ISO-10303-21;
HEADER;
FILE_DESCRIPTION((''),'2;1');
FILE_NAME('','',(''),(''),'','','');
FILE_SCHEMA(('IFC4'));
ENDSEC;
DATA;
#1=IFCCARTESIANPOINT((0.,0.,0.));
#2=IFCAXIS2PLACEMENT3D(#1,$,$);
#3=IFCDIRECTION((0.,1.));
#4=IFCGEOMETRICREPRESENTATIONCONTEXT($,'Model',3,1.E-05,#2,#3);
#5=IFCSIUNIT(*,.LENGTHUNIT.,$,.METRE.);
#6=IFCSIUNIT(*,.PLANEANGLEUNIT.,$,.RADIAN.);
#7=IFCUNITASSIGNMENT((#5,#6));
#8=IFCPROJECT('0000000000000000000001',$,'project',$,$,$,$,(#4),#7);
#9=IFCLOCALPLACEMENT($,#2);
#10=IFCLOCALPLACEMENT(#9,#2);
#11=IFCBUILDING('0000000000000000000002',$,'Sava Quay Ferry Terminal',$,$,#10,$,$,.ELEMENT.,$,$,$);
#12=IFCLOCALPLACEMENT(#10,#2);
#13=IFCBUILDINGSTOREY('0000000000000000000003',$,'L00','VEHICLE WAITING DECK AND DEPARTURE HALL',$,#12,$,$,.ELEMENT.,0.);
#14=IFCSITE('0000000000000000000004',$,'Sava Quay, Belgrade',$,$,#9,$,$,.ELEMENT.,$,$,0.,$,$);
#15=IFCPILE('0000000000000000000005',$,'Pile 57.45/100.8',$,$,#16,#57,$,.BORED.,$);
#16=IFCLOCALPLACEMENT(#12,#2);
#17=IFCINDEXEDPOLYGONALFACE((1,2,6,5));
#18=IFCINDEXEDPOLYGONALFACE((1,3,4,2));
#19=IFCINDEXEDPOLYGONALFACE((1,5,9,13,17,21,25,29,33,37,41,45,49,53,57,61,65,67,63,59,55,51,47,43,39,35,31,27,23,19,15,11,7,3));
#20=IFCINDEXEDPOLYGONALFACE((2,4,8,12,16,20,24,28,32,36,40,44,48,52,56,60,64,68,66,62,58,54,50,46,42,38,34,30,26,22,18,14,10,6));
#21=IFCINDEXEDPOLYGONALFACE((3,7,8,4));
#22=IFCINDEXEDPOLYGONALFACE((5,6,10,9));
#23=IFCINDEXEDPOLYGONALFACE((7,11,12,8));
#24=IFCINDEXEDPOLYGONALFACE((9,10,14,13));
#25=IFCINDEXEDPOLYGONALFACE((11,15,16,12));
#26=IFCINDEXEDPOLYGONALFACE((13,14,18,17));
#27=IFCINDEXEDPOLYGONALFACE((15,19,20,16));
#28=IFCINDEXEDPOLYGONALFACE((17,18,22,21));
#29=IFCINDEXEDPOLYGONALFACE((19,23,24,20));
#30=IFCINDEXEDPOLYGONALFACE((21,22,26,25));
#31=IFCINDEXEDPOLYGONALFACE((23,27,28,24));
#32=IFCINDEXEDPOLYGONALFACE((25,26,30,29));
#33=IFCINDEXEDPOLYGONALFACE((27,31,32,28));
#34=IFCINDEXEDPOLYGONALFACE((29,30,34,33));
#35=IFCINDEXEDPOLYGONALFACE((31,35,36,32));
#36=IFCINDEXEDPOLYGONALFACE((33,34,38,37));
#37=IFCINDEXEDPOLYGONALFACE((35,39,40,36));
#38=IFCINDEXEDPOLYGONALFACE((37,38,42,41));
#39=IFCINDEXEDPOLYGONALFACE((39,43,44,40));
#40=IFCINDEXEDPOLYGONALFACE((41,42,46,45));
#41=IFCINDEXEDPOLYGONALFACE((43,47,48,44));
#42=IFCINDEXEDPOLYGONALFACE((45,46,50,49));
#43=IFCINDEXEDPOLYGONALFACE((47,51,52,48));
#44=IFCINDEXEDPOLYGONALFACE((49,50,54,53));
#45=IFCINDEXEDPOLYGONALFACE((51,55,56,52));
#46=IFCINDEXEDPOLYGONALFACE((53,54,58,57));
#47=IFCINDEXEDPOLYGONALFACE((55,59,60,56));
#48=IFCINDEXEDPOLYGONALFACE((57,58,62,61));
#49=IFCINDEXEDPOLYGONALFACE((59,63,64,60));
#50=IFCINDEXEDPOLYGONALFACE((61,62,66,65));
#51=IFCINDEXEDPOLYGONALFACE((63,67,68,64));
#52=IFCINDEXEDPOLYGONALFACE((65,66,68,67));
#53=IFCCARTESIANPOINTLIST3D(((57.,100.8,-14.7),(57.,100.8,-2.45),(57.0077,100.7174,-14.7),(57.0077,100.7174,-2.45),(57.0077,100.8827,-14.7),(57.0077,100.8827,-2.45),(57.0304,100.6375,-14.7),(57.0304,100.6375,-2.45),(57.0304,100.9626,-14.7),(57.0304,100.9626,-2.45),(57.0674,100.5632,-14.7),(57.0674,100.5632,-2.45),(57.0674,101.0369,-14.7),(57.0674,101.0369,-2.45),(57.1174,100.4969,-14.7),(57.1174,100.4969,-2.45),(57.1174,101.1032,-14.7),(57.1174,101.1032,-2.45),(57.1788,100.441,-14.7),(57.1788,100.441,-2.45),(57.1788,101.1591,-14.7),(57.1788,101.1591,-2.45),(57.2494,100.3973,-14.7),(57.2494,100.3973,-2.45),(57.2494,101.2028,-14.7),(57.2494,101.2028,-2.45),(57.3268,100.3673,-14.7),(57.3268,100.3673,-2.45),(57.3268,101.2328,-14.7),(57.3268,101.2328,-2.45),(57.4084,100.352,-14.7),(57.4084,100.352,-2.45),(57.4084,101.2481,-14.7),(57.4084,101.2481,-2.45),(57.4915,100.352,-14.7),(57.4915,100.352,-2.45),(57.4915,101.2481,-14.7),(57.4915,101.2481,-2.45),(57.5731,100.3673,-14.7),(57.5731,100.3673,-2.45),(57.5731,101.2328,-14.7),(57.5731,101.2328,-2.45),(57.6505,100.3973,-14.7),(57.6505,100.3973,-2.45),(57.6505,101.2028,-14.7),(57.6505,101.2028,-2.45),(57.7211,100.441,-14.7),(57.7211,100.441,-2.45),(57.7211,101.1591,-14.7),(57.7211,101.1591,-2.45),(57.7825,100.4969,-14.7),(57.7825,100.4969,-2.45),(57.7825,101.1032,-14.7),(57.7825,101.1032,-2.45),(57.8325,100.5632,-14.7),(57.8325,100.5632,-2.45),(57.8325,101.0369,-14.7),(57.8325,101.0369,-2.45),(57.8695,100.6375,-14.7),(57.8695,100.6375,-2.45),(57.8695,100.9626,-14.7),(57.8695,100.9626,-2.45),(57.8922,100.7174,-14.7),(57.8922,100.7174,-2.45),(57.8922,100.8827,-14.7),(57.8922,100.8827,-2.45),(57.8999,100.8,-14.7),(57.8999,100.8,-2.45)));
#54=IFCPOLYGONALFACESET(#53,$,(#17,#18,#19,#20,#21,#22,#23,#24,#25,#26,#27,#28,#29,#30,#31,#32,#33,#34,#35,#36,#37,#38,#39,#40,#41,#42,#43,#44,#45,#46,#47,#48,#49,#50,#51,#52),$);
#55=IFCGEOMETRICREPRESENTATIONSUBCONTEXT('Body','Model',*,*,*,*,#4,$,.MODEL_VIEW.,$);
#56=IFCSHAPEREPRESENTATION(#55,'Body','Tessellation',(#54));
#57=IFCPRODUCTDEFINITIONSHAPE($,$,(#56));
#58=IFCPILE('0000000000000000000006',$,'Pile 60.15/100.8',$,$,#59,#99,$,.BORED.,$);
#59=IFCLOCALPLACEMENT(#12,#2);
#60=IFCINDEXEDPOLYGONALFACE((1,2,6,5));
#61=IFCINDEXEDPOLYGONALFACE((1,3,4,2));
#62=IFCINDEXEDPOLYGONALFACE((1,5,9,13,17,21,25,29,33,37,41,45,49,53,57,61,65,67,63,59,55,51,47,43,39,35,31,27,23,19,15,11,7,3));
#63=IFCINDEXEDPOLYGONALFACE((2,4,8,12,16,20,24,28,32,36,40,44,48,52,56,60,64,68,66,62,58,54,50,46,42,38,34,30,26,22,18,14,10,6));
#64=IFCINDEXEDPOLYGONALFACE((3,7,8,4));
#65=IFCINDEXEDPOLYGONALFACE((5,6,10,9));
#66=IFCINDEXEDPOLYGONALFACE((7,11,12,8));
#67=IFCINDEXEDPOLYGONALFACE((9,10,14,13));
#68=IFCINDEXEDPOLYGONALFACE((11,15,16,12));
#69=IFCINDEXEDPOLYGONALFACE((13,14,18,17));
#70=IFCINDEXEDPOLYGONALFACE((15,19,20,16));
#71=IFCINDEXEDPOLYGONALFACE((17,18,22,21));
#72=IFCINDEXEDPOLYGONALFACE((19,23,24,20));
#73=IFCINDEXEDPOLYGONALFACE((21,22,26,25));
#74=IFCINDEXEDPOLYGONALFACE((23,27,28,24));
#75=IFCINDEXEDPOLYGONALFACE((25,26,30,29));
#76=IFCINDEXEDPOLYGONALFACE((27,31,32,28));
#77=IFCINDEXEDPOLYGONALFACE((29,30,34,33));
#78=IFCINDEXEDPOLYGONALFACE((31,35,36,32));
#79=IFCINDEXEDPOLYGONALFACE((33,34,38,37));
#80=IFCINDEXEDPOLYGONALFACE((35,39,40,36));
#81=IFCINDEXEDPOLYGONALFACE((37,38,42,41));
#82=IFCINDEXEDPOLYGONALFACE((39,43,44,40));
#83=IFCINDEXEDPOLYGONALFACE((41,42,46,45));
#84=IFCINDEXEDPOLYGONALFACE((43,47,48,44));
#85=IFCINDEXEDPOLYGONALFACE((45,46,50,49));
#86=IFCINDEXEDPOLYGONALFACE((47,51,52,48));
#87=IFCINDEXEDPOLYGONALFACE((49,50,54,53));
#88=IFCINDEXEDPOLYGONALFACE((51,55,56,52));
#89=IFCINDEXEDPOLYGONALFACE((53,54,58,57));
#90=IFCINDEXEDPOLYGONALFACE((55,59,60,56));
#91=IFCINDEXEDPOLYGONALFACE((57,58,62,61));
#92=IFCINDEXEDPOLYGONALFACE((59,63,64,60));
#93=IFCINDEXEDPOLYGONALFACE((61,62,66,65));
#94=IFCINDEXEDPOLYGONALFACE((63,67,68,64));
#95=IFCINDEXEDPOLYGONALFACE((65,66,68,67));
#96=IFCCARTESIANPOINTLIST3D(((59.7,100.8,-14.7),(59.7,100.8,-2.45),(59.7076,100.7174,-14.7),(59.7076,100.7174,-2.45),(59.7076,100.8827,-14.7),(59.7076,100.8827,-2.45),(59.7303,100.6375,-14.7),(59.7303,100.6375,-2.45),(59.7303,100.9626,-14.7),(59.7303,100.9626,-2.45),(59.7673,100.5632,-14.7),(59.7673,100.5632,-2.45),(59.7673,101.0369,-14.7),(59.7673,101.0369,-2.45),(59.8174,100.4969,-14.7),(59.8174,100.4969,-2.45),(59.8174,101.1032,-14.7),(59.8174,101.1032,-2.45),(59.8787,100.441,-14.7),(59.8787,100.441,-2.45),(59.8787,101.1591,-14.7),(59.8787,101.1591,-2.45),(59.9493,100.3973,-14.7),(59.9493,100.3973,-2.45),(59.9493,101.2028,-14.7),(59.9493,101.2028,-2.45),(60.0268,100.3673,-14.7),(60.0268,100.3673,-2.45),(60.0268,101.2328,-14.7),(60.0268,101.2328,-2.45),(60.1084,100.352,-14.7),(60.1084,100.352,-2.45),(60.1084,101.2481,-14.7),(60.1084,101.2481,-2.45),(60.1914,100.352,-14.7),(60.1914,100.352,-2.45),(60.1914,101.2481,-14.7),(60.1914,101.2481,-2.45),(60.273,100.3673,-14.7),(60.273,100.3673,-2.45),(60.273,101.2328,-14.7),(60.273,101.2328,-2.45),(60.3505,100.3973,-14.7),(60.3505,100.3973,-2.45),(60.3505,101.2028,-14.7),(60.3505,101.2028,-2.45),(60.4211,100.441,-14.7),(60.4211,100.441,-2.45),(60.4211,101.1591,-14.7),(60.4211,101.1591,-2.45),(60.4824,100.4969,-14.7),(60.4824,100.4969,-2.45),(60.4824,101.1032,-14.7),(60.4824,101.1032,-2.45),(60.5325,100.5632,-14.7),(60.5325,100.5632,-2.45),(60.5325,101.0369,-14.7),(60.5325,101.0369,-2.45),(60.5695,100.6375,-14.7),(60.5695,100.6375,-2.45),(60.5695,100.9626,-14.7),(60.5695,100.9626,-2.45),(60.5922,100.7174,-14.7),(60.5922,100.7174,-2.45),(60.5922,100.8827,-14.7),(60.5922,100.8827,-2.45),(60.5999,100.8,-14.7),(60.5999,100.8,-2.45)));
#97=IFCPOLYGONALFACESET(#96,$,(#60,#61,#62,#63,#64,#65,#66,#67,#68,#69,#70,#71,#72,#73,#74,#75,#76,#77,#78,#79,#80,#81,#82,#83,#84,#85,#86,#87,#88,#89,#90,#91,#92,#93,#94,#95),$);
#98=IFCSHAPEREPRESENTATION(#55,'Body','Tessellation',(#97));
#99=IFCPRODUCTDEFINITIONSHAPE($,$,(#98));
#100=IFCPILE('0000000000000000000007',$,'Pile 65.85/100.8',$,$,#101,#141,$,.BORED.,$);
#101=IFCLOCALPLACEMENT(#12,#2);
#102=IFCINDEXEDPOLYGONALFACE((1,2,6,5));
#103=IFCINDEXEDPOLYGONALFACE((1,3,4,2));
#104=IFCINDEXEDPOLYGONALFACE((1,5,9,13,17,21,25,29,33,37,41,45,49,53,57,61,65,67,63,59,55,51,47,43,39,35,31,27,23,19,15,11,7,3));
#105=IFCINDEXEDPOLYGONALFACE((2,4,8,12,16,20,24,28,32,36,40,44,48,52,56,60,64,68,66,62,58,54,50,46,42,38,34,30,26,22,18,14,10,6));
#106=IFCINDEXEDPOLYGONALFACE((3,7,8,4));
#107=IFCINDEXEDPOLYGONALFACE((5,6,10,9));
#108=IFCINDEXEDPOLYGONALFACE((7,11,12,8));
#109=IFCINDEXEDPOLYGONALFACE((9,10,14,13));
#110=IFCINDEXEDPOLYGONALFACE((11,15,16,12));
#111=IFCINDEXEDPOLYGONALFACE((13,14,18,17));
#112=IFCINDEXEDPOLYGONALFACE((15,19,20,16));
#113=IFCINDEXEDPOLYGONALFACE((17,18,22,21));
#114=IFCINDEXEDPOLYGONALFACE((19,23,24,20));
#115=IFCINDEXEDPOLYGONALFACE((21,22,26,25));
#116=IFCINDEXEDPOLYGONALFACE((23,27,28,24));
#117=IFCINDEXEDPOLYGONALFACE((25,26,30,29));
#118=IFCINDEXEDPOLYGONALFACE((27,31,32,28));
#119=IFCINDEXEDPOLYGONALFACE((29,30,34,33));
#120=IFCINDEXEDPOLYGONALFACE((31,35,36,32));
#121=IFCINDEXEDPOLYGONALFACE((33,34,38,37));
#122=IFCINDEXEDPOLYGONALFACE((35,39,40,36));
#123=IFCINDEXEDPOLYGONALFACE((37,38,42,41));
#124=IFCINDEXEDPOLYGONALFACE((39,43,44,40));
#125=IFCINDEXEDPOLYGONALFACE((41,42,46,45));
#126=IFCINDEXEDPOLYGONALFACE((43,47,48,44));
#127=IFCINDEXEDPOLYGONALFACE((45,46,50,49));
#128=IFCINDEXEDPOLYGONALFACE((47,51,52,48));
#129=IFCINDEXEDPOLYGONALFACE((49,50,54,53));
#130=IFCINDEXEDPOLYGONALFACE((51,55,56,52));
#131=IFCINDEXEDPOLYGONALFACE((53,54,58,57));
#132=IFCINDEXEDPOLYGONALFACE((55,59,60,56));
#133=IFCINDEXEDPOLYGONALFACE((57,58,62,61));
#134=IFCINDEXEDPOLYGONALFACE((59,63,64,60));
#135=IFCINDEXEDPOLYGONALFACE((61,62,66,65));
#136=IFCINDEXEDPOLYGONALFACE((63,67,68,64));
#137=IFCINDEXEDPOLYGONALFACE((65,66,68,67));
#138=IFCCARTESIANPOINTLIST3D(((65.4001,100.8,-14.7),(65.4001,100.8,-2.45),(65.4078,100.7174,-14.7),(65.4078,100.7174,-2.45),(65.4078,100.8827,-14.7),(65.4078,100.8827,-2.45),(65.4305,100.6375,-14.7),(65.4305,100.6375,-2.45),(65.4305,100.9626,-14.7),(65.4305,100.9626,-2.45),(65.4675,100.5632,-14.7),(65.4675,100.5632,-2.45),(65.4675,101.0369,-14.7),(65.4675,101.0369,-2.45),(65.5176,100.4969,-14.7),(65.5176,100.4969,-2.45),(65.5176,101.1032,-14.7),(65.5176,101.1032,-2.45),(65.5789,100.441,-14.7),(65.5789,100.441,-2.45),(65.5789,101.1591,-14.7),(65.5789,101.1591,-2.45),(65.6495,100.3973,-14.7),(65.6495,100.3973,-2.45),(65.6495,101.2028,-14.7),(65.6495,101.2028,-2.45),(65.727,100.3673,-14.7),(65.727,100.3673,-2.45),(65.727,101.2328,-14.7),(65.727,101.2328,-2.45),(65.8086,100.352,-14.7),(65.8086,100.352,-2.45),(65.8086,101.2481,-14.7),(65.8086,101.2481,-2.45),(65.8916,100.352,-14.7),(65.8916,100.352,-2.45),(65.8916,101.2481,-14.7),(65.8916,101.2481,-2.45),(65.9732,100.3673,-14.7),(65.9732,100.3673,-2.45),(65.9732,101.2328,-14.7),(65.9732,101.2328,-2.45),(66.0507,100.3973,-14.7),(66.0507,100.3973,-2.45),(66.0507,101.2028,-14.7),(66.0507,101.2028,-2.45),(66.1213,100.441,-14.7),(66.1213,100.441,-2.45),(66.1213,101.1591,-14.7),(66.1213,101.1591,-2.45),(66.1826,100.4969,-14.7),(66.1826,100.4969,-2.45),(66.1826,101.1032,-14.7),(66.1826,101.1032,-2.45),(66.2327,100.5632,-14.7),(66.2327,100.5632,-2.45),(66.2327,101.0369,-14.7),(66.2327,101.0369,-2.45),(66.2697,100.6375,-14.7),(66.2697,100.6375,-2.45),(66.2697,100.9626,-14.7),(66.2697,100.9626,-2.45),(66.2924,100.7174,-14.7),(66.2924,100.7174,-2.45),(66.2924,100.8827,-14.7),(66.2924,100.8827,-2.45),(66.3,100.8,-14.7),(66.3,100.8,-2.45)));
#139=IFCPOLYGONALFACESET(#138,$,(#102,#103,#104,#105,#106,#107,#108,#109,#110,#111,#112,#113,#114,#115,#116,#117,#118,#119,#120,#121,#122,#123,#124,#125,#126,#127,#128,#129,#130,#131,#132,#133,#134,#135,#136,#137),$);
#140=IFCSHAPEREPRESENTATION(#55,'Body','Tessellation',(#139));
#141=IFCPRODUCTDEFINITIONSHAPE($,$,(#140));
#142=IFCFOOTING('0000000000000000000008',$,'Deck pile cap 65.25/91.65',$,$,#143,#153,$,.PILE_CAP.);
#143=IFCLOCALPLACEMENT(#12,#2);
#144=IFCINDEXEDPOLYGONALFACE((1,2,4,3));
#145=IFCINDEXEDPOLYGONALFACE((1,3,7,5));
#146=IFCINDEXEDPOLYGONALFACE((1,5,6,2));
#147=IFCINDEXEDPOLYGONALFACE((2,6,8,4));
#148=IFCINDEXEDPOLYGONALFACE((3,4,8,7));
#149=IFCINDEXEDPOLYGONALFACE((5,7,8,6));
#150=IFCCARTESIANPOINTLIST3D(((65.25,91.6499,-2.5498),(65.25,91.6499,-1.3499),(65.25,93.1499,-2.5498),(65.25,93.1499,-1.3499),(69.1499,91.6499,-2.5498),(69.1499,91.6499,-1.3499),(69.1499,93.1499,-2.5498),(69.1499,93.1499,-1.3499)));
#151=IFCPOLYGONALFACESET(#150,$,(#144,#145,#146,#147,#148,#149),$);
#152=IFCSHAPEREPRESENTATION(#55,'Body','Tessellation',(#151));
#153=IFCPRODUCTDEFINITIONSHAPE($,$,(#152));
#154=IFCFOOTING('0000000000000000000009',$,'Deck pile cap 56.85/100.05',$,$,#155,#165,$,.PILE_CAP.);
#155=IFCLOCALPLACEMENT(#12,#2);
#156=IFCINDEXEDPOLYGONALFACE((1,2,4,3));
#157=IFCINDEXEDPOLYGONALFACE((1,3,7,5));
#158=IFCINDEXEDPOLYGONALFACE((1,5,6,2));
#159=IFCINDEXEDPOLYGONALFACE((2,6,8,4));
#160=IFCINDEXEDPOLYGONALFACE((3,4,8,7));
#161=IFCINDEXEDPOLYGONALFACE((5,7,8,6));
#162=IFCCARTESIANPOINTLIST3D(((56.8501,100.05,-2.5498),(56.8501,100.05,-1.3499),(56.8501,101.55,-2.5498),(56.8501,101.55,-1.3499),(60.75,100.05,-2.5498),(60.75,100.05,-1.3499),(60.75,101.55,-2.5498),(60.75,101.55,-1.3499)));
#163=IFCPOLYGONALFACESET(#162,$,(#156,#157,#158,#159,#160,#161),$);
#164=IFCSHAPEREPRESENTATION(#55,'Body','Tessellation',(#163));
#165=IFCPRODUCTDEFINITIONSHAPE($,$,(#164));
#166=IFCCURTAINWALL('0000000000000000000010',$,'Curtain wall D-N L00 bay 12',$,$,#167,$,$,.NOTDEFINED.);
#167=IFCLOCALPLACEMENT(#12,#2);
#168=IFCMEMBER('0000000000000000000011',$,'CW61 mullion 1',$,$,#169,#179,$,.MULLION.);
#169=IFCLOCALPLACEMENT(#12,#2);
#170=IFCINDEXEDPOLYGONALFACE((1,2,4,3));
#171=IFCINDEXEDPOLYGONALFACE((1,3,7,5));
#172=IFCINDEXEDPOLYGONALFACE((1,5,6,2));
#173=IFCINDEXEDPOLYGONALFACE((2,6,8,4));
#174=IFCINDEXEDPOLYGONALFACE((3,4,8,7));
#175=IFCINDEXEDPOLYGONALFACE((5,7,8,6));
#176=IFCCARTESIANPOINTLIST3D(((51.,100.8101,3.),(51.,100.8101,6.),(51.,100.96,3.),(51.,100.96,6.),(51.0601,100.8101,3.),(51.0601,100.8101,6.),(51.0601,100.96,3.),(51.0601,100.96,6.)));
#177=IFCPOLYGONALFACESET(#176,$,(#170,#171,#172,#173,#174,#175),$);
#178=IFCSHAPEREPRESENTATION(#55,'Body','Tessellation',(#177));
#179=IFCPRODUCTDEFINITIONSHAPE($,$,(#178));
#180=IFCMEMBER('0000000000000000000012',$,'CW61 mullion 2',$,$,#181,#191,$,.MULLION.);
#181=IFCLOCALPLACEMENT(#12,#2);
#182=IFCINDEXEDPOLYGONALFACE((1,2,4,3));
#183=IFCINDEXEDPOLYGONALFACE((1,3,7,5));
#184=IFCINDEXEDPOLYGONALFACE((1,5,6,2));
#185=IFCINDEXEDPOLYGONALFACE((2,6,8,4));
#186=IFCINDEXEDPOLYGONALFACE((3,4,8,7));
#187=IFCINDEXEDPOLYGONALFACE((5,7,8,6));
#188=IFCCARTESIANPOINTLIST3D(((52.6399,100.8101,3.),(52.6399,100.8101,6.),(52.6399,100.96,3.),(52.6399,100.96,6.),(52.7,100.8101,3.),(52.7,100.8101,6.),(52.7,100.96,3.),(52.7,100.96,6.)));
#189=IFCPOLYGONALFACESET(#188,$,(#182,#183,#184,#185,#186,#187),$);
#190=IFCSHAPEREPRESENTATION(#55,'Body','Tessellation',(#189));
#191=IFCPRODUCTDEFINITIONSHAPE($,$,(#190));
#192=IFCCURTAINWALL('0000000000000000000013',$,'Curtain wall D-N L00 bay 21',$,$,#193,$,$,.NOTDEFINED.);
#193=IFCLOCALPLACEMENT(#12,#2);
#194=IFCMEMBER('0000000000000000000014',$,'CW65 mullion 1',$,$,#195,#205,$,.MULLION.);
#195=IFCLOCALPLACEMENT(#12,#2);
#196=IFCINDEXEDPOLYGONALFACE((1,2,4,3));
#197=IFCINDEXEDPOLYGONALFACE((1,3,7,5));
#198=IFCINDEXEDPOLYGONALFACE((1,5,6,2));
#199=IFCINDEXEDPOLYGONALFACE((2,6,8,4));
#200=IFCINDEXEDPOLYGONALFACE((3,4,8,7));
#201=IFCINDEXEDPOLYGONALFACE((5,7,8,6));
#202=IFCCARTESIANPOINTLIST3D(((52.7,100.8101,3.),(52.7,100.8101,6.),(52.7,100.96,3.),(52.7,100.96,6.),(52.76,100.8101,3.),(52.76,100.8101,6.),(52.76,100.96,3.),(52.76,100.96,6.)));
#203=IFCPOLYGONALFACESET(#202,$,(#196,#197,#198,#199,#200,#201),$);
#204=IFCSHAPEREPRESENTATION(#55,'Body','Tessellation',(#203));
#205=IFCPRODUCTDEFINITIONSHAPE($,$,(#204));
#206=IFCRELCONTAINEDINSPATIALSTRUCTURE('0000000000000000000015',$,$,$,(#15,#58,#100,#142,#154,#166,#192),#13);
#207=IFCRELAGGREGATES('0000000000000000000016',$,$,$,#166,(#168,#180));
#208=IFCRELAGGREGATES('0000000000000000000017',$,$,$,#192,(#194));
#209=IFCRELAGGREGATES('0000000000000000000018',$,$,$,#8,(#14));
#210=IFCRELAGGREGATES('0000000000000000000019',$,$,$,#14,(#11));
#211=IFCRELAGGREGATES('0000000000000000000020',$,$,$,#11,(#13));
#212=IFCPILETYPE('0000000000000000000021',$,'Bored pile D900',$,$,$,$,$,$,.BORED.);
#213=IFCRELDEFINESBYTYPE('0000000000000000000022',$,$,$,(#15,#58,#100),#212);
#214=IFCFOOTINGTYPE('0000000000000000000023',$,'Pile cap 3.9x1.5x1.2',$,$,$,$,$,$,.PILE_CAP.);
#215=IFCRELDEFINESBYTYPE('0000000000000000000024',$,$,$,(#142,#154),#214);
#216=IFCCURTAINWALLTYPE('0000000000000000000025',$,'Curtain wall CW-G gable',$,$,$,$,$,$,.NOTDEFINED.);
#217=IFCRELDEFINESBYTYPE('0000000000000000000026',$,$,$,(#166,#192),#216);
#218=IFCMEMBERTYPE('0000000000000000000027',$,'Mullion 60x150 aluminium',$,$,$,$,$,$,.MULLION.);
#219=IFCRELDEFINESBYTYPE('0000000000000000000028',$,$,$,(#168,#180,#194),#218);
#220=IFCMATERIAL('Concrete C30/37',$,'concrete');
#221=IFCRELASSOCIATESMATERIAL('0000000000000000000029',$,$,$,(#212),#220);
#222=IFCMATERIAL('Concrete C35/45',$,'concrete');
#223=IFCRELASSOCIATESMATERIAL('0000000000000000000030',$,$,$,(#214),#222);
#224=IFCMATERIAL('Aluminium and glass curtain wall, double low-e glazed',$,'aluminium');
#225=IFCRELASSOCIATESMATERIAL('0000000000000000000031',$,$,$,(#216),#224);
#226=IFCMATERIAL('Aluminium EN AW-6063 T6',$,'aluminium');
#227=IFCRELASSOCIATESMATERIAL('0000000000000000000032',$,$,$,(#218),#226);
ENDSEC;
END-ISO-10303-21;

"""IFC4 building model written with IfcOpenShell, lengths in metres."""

from ifc_helpers import new_model, si_unit, direction, frame, origin, origin_2d, place, context, subcontext, project, spatial, rectangle, circle, extrude, material, material_profile, profile_set, type_object, element, aggregate, save


model = new_model("IFC4")

# Units and contexts
model_context = context("Model", 3, precision=1e-05, world=origin(), true_north=direction((0.0, 1.0)))
body_context = subcontext(model_context, "Body", "Model", "MODEL_VIEW")
ifc_project = project(units=[si_unit("LENGTHUNIT", "METRE"), si_unit("PLANEANGLEUNIT", "RADIAN")], contexts=[model_context])

# Site, building, storey
site_placement = place(None, origin())
site = spatial("IfcSite", under=ifc_project, at=site_placement, Name="Sava Quay, Belgrade", CompositionType="ELEMENT", RefElevation=0.0)
building_placement = place(site_placement, origin())
building = spatial("IfcBuilding", under=site, at=building_placement, Name="Sava Quay Ferry Terminal", CompositionType="ELEMENT")
storey_placement = place(building_placement, origin())
storey = spatial("IfcBuildingStorey", under=building, at=storey_placement, Name="L00", Description="VEHICLE WAITING DECK AND DEPARTURE HALL", CompositionType="ELEMENT", Elevation=0.0)

# Piles
ifc_material_1 = material(Name="Concrete C30/37", Category="concrete")
ifc_material_profile_1 = material_profile(ifc_material_1, circle(Radius=0.45, at=origin_2d()), Name="Bored pile D900")
ifc_profile_set_1 = profile_set([ifc_material_profile_1], Name="Concrete C30/37")
pile_type = type_object("IfcPileType", Name="Bored pile D900", PredefinedType="BORED", material=ifc_profile_set_1)
for number, where, z_axis, x_axis, name in (
    (1, (57.45, 100.8, -2.45), (0.0, 0.0, -1.0), (1.0, 0.0, 0.0), "Pile 57.45/100.8"),
    (2, (60.1499, 100.8, -2.45), (0.0, 0.0, -1.0), (1.0, 0.0, 0.0), "Pile 60.15/100.8"),
    (3, (65.8501, 100.8, -2.45), (0.0, 0.0, -1.0), (1.0, 0.0, 0.0), "Pile 65.85/100.8"),
):
    element("IfcPile", number, at=place(storey_placement, frame(where, z_axis=z_axis, x_axis=x_axis)), inside=storey, type_object=pile_type, Name=name, PredefinedType="BORED", context=body_context, shape_type="SweptSolid", body=[
        extrude(circle(Radius=0.45, at=origin_2d()), origin(), (0.0, 0.0, 1.0), 12.25),
    ])

# Footings
ifc_material_2 = material(Name="Concrete C35/45", Category="concrete")
footing_type = type_object("IfcFootingType", Name="Pile cap 3.9x1.5x1.2", PredefinedType="PILE_CAP", material=ifc_material_2)
for number, where, z_axis, x_axis, name in (
    (4, (67.2, 92.3999, -2.5498), (0.0, 0.0, 1.0), (1.0, 0.0, 0.0), "Deck pile cap 65.25/91.65"),
    (5, (58.8, 100.8, -2.5498), (0.0, 0.0, 1.0), (1.0, 0.0, 0.0), "Deck pile cap 56.85/100.05"),
):
    element("IfcFooting", number, at=place(storey_placement, frame(where, z_axis=z_axis, x_axis=x_axis)), inside=storey, type_object=footing_type, Name=name, PredefinedType="PILE_CAP", context=body_context, shape_type="SweptSolid", body=[
        extrude(rectangle(XDim=3.8999, YDim=1.5, at=origin_2d()), origin(), (0.0, 0.0, 1.0), 1.2),
    ])

# Curtain walls, members
ifc_material_3 = material(Name="Aluminium and glass curtain wall, double low-e glazed", Category="aluminium")
curtain_wall_type = type_object("IfcCurtainWallType", Name="Curtain wall CW-G gable", PredefinedType="NOTDEFINED", material=ifc_material_3)
curtain_wall_1_placement = place(storey_placement, origin())
curtain_wall_1 = element("IfcCurtainWall", 6, at=curtain_wall_1_placement, inside=storey, type_object=curtain_wall_type, Name="Curtain wall D-N L00 bay 12", PredefinedType="NOTDEFINED")
ifc_material_4 = material(Name="Aluminium EN AW-6063 T6", Category="aluminium")
ifc_material_profile_2 = material_profile(ifc_material_4, rectangle(XDim=0.1499, YDim=0.0601, at=origin_2d()), Name="Mullion 60x150 aluminium")
ifc_profile_set_2 = profile_set([ifc_material_profile_2], Name="Aluminium EN AW-6063 T6")
member_type_1 = type_object("IfcMemberType", Name="Mullion 60x150 aluminium", PredefinedType="MULLION", material=ifc_profile_set_2)
member_1_placement = place(storey_placement, frame((51.03, 100.885, 3.0), z_axis=(0.0, 0.0, 1.0), x_axis=(0.0, 1.0, 0.0)))
member_1 = element("IfcMember", 7, at=member_1_placement, type_object=member_type_1, Name="CW61 mullion 1", PredefinedType="MULLION", context=body_context, shape_type="SweptSolid", body=[
    extrude(rectangle(XDim=0.1499, YDim=0.0601, at=origin_2d()), origin(), (0.0, 0.0, 1.0), 3.0),
])
member_2_placement = place(storey_placement, frame((52.6699, 100.885, 3.0), z_axis=(0.0, 0.0, 1.0), x_axis=(0.0, 1.0, 0.0)))
member_2 = element("IfcMember", 8, at=member_2_placement, type_object=member_type_1, Name="CW61 mullion 2", PredefinedType="MULLION", context=body_context, shape_type="SweptSolid", body=[
    extrude(rectangle(XDim=0.1499, YDim=0.0601, at=origin_2d()), origin(), (0.0, 0.0, 1.0), 3.0),
])
curtain_wall_2_placement = place(storey_placement, origin())
curtain_wall_2 = element("IfcCurtainWall", 9, at=curtain_wall_2_placement, inside=storey, type_object=curtain_wall_type, Name="Curtain wall D-N L00 bay 21", PredefinedType="NOTDEFINED")
member_3_placement = place(storey_placement, frame((52.73, 100.885, 3.0), z_axis=(0.0, 0.0, 1.0), x_axis=(0.0, 1.0, 0.0)))
member_3 = element("IfcMember", 10, at=member_3_placement, type_object=member_type_1, Name="CW65 mullion 1", PredefinedType="MULLION", context=body_context, shape_type="SweptSolid", body=[
    extrude(rectangle(XDim=0.1499, YDim=0.0601, at=origin_2d()), origin(), (0.0, 0.0, 1.0), 3.0),
])

aggregate(curtain_wall_1, [member_1, member_2])
aggregate(curtain_wall_2, [member_3])

save(model, "model.ifc")
